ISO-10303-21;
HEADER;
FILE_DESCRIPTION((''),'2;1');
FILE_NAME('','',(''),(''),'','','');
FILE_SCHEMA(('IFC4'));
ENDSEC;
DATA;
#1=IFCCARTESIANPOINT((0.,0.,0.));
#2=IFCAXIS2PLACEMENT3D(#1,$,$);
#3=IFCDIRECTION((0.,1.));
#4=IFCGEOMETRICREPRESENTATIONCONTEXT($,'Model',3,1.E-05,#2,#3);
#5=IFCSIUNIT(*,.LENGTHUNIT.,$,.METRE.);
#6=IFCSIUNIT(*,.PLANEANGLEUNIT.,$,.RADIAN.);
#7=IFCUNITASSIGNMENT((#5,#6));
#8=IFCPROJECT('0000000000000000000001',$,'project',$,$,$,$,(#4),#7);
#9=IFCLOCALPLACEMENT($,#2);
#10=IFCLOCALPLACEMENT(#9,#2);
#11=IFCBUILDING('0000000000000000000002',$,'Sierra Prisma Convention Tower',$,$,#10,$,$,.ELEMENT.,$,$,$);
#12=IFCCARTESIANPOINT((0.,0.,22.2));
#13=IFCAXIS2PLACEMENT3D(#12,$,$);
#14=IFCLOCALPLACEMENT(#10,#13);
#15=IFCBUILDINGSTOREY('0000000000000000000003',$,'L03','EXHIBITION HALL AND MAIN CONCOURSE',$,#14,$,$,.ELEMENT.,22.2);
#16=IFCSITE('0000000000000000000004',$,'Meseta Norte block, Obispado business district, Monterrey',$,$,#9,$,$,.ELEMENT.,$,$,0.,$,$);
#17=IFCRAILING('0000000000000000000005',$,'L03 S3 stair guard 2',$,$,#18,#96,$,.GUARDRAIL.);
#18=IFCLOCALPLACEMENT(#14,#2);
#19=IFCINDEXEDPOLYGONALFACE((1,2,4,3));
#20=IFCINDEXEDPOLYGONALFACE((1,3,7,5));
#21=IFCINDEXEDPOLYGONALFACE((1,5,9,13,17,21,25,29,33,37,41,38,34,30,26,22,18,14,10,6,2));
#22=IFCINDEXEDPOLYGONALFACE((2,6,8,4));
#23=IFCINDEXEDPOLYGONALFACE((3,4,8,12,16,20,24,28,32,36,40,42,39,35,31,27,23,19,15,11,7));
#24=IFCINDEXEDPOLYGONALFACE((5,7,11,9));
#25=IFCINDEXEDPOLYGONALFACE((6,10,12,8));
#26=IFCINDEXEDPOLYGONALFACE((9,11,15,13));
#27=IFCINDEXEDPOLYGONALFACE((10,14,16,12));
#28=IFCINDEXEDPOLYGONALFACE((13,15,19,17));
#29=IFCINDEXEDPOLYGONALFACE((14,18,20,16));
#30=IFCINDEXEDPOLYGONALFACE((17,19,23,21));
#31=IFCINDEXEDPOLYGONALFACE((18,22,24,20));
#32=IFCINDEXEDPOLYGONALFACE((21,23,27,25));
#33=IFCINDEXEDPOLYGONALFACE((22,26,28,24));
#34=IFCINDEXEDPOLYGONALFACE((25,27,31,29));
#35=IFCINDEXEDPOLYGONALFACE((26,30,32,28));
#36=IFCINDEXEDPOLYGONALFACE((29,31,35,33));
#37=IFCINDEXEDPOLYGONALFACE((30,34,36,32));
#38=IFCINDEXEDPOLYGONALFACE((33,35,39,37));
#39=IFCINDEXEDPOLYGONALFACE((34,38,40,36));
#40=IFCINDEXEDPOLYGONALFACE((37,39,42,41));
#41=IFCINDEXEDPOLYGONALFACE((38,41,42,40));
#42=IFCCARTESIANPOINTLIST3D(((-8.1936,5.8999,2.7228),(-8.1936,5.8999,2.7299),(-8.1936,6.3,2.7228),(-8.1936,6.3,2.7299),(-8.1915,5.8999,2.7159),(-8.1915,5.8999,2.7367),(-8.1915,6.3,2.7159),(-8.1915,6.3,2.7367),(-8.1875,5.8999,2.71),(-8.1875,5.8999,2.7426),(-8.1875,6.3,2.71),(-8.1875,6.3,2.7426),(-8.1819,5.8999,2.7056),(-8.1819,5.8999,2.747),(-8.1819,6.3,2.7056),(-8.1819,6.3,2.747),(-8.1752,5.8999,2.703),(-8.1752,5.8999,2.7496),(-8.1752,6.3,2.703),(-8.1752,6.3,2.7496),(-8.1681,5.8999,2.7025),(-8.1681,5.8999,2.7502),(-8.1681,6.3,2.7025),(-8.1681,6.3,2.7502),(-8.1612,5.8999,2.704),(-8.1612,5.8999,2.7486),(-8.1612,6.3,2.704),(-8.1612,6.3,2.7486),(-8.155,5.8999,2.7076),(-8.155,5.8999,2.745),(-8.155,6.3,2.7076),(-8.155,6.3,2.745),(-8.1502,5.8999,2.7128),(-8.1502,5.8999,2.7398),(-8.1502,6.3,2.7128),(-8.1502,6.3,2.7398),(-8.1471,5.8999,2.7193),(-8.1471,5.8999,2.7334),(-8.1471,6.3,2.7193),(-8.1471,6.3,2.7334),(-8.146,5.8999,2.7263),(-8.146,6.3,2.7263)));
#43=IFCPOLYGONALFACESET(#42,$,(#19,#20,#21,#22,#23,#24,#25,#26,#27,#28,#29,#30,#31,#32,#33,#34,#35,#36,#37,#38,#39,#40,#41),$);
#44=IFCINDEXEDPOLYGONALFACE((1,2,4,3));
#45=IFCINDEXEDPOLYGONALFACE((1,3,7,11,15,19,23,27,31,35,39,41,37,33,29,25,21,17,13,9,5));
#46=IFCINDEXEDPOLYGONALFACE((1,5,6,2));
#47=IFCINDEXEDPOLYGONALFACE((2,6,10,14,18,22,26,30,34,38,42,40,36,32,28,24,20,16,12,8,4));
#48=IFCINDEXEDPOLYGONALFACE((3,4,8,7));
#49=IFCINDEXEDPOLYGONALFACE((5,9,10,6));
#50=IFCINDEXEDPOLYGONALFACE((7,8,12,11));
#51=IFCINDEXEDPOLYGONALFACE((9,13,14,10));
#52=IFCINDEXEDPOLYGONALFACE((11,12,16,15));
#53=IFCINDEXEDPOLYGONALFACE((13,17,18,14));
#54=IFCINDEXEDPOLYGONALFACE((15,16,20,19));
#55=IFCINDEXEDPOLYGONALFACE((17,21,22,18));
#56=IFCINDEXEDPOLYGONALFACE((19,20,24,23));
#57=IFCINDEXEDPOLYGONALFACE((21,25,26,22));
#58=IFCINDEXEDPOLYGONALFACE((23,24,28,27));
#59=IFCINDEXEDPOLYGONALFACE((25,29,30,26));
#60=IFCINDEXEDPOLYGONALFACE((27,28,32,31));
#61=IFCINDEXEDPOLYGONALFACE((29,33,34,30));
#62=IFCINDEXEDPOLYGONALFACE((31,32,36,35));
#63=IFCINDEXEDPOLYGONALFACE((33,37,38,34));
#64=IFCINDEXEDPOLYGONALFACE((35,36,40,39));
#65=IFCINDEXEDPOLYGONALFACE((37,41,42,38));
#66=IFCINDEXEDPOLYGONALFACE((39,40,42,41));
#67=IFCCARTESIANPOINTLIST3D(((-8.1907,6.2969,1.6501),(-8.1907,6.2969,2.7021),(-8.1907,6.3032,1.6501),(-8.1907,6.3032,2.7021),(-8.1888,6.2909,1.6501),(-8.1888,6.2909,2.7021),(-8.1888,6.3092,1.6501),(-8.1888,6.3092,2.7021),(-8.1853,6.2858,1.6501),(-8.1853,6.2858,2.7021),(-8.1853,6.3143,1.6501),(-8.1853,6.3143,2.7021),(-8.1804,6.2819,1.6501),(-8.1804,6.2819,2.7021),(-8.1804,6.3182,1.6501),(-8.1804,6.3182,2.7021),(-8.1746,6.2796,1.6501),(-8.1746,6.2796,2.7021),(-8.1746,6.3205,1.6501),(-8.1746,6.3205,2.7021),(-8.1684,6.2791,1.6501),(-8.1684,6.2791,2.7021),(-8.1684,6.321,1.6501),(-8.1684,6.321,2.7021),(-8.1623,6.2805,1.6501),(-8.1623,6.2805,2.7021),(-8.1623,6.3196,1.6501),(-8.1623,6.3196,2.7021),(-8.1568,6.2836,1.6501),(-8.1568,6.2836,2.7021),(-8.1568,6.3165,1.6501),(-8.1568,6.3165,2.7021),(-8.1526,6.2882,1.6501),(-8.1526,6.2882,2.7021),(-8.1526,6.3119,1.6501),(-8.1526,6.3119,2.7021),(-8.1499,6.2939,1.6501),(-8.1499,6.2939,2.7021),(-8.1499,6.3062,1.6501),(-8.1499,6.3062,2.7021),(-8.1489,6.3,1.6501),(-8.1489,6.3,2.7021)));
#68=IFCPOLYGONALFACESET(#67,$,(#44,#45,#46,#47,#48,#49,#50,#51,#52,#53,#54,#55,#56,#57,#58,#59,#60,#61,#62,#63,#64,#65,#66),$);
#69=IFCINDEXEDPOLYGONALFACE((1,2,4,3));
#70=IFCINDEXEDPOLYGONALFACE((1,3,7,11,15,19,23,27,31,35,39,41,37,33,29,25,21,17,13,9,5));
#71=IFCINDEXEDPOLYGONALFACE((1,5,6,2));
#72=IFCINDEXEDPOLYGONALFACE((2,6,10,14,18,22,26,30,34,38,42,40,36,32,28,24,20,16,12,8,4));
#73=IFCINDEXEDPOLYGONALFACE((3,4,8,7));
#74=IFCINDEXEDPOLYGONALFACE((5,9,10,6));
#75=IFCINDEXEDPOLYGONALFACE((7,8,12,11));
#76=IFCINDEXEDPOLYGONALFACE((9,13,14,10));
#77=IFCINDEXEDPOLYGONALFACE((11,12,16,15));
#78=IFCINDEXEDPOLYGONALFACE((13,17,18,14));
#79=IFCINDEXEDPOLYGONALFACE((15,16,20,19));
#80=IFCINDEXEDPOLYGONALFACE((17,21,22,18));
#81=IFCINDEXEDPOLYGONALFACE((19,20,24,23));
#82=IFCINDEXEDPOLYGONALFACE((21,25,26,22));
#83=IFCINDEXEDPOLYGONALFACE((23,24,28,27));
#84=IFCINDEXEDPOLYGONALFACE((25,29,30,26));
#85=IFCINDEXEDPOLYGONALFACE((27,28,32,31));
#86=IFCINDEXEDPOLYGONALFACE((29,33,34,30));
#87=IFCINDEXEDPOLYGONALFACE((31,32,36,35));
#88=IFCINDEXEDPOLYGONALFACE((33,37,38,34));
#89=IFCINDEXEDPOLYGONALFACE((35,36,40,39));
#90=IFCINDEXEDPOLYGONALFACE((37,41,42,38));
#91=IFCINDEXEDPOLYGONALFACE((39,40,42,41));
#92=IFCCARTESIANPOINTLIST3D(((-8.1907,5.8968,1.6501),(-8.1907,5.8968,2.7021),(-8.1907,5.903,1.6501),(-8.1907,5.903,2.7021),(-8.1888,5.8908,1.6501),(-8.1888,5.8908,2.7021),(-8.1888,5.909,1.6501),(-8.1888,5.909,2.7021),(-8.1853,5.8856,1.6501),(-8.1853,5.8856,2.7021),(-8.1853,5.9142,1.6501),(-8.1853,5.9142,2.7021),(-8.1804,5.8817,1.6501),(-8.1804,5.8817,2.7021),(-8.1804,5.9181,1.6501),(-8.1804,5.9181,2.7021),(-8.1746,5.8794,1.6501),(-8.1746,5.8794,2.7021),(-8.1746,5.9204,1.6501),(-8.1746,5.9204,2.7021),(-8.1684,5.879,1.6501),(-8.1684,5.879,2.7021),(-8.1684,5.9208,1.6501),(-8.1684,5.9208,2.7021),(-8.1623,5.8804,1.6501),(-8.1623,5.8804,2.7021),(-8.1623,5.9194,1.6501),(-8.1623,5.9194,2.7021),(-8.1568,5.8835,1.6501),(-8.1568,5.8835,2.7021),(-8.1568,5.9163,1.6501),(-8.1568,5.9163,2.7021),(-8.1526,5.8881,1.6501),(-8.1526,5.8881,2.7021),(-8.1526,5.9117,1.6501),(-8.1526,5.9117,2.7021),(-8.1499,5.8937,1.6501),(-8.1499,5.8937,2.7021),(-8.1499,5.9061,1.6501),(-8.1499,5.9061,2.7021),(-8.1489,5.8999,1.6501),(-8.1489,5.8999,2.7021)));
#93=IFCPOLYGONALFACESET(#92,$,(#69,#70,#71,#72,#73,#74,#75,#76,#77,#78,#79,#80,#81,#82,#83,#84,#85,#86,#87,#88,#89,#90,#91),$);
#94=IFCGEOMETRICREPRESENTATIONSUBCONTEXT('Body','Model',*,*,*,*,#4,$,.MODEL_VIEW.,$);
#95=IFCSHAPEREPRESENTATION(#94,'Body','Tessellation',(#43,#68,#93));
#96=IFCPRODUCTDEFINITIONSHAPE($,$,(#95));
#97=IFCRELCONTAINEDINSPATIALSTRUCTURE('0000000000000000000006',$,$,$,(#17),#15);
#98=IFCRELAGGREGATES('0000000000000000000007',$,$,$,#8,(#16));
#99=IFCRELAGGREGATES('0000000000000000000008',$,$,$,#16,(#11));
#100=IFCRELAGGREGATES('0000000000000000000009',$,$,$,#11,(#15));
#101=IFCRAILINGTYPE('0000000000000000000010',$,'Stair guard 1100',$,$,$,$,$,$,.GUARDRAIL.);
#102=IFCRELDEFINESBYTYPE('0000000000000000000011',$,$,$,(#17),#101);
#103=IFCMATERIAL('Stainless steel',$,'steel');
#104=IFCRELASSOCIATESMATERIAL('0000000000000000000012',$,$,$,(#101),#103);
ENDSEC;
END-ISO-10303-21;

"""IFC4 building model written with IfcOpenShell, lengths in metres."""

from ifc_helpers import new_model, si_unit, direction, frame, origin, origin_2d, place, context, subcontext, project, spatial, circle, extrude, material, type_object, element, save


model = new_model("IFC4")

# Units and contexts
model_context = context("Model", 3, precision=1e-05, world=origin(), true_north=direction((0.0, 1.0)))
body_context = subcontext(model_context, "Body", "Model", "MODEL_VIEW")
ifc_project = project(units=[si_unit("LENGTHUNIT", "METRE"), si_unit("PLANEANGLEUNIT", "RADIAN")], contexts=[model_context])

# Site, building, storey
site_placement = place(None, origin())
site = spatial("IfcSite", under=ifc_project, at=site_placement, Name="Meseta Norte block, Obispado business district, Monterrey", CompositionType="ELEMENT", RefElevation=0.0)
building_placement = place(site_placement, origin())
building = spatial("IfcBuilding", under=site, at=building_placement, Name="Sierra Prisma Convention Tower", CompositionType="ELEMENT")
storey_placement = place(building_placement, frame((0.0, 0.0, 22.2)))
storey = spatial("IfcBuildingStorey", under=building, at=storey_placement, Name="L03", Description="EXHIBITION HALL AND MAIN CONCOURSE", CompositionType="ELEMENT", Elevation=22.2)

# Railing
ifc_material_1 = material(Name="Stainless steel", Category="steel")
railing_type_1 = type_object("IfcRailingType", Name="Stair guard 1100", PredefinedType="GUARDRAIL", material=ifc_material_1)
railing_1_placement = place(storey_placement, frame((-8.1699, 6.3, 1.6501)))
element("IfcRailing", 1, at=railing_1_placement, inside=storey, type_object=railing_type_1, Name="L03 S3 stair guard 2", PredefinedType="GUARDRAIL", context=body_context, shape_type="SweptSolid", body=[
    extrude(circle(Radius=0.0239, at=origin_2d()), frame((0.0, 0.0, 1.0762), z_axis=(0.0, -1.0, 0.0), x_axis=(1.0, 0.0, 0.0)), (0.0, 0.0, 1.0), 0.4001),
    extrude(circle(Radius=0.021, at=origin_2d()), origin(), (0.0, 0.0, 1.0), 1.052),
    extrude(circle(Radius=0.021, at=origin_2d()), frame((0.0, -0.4001, 0.0)), (0.0, 0.0, 1.0), 1.052),
])

save(model, "model.ifc")
